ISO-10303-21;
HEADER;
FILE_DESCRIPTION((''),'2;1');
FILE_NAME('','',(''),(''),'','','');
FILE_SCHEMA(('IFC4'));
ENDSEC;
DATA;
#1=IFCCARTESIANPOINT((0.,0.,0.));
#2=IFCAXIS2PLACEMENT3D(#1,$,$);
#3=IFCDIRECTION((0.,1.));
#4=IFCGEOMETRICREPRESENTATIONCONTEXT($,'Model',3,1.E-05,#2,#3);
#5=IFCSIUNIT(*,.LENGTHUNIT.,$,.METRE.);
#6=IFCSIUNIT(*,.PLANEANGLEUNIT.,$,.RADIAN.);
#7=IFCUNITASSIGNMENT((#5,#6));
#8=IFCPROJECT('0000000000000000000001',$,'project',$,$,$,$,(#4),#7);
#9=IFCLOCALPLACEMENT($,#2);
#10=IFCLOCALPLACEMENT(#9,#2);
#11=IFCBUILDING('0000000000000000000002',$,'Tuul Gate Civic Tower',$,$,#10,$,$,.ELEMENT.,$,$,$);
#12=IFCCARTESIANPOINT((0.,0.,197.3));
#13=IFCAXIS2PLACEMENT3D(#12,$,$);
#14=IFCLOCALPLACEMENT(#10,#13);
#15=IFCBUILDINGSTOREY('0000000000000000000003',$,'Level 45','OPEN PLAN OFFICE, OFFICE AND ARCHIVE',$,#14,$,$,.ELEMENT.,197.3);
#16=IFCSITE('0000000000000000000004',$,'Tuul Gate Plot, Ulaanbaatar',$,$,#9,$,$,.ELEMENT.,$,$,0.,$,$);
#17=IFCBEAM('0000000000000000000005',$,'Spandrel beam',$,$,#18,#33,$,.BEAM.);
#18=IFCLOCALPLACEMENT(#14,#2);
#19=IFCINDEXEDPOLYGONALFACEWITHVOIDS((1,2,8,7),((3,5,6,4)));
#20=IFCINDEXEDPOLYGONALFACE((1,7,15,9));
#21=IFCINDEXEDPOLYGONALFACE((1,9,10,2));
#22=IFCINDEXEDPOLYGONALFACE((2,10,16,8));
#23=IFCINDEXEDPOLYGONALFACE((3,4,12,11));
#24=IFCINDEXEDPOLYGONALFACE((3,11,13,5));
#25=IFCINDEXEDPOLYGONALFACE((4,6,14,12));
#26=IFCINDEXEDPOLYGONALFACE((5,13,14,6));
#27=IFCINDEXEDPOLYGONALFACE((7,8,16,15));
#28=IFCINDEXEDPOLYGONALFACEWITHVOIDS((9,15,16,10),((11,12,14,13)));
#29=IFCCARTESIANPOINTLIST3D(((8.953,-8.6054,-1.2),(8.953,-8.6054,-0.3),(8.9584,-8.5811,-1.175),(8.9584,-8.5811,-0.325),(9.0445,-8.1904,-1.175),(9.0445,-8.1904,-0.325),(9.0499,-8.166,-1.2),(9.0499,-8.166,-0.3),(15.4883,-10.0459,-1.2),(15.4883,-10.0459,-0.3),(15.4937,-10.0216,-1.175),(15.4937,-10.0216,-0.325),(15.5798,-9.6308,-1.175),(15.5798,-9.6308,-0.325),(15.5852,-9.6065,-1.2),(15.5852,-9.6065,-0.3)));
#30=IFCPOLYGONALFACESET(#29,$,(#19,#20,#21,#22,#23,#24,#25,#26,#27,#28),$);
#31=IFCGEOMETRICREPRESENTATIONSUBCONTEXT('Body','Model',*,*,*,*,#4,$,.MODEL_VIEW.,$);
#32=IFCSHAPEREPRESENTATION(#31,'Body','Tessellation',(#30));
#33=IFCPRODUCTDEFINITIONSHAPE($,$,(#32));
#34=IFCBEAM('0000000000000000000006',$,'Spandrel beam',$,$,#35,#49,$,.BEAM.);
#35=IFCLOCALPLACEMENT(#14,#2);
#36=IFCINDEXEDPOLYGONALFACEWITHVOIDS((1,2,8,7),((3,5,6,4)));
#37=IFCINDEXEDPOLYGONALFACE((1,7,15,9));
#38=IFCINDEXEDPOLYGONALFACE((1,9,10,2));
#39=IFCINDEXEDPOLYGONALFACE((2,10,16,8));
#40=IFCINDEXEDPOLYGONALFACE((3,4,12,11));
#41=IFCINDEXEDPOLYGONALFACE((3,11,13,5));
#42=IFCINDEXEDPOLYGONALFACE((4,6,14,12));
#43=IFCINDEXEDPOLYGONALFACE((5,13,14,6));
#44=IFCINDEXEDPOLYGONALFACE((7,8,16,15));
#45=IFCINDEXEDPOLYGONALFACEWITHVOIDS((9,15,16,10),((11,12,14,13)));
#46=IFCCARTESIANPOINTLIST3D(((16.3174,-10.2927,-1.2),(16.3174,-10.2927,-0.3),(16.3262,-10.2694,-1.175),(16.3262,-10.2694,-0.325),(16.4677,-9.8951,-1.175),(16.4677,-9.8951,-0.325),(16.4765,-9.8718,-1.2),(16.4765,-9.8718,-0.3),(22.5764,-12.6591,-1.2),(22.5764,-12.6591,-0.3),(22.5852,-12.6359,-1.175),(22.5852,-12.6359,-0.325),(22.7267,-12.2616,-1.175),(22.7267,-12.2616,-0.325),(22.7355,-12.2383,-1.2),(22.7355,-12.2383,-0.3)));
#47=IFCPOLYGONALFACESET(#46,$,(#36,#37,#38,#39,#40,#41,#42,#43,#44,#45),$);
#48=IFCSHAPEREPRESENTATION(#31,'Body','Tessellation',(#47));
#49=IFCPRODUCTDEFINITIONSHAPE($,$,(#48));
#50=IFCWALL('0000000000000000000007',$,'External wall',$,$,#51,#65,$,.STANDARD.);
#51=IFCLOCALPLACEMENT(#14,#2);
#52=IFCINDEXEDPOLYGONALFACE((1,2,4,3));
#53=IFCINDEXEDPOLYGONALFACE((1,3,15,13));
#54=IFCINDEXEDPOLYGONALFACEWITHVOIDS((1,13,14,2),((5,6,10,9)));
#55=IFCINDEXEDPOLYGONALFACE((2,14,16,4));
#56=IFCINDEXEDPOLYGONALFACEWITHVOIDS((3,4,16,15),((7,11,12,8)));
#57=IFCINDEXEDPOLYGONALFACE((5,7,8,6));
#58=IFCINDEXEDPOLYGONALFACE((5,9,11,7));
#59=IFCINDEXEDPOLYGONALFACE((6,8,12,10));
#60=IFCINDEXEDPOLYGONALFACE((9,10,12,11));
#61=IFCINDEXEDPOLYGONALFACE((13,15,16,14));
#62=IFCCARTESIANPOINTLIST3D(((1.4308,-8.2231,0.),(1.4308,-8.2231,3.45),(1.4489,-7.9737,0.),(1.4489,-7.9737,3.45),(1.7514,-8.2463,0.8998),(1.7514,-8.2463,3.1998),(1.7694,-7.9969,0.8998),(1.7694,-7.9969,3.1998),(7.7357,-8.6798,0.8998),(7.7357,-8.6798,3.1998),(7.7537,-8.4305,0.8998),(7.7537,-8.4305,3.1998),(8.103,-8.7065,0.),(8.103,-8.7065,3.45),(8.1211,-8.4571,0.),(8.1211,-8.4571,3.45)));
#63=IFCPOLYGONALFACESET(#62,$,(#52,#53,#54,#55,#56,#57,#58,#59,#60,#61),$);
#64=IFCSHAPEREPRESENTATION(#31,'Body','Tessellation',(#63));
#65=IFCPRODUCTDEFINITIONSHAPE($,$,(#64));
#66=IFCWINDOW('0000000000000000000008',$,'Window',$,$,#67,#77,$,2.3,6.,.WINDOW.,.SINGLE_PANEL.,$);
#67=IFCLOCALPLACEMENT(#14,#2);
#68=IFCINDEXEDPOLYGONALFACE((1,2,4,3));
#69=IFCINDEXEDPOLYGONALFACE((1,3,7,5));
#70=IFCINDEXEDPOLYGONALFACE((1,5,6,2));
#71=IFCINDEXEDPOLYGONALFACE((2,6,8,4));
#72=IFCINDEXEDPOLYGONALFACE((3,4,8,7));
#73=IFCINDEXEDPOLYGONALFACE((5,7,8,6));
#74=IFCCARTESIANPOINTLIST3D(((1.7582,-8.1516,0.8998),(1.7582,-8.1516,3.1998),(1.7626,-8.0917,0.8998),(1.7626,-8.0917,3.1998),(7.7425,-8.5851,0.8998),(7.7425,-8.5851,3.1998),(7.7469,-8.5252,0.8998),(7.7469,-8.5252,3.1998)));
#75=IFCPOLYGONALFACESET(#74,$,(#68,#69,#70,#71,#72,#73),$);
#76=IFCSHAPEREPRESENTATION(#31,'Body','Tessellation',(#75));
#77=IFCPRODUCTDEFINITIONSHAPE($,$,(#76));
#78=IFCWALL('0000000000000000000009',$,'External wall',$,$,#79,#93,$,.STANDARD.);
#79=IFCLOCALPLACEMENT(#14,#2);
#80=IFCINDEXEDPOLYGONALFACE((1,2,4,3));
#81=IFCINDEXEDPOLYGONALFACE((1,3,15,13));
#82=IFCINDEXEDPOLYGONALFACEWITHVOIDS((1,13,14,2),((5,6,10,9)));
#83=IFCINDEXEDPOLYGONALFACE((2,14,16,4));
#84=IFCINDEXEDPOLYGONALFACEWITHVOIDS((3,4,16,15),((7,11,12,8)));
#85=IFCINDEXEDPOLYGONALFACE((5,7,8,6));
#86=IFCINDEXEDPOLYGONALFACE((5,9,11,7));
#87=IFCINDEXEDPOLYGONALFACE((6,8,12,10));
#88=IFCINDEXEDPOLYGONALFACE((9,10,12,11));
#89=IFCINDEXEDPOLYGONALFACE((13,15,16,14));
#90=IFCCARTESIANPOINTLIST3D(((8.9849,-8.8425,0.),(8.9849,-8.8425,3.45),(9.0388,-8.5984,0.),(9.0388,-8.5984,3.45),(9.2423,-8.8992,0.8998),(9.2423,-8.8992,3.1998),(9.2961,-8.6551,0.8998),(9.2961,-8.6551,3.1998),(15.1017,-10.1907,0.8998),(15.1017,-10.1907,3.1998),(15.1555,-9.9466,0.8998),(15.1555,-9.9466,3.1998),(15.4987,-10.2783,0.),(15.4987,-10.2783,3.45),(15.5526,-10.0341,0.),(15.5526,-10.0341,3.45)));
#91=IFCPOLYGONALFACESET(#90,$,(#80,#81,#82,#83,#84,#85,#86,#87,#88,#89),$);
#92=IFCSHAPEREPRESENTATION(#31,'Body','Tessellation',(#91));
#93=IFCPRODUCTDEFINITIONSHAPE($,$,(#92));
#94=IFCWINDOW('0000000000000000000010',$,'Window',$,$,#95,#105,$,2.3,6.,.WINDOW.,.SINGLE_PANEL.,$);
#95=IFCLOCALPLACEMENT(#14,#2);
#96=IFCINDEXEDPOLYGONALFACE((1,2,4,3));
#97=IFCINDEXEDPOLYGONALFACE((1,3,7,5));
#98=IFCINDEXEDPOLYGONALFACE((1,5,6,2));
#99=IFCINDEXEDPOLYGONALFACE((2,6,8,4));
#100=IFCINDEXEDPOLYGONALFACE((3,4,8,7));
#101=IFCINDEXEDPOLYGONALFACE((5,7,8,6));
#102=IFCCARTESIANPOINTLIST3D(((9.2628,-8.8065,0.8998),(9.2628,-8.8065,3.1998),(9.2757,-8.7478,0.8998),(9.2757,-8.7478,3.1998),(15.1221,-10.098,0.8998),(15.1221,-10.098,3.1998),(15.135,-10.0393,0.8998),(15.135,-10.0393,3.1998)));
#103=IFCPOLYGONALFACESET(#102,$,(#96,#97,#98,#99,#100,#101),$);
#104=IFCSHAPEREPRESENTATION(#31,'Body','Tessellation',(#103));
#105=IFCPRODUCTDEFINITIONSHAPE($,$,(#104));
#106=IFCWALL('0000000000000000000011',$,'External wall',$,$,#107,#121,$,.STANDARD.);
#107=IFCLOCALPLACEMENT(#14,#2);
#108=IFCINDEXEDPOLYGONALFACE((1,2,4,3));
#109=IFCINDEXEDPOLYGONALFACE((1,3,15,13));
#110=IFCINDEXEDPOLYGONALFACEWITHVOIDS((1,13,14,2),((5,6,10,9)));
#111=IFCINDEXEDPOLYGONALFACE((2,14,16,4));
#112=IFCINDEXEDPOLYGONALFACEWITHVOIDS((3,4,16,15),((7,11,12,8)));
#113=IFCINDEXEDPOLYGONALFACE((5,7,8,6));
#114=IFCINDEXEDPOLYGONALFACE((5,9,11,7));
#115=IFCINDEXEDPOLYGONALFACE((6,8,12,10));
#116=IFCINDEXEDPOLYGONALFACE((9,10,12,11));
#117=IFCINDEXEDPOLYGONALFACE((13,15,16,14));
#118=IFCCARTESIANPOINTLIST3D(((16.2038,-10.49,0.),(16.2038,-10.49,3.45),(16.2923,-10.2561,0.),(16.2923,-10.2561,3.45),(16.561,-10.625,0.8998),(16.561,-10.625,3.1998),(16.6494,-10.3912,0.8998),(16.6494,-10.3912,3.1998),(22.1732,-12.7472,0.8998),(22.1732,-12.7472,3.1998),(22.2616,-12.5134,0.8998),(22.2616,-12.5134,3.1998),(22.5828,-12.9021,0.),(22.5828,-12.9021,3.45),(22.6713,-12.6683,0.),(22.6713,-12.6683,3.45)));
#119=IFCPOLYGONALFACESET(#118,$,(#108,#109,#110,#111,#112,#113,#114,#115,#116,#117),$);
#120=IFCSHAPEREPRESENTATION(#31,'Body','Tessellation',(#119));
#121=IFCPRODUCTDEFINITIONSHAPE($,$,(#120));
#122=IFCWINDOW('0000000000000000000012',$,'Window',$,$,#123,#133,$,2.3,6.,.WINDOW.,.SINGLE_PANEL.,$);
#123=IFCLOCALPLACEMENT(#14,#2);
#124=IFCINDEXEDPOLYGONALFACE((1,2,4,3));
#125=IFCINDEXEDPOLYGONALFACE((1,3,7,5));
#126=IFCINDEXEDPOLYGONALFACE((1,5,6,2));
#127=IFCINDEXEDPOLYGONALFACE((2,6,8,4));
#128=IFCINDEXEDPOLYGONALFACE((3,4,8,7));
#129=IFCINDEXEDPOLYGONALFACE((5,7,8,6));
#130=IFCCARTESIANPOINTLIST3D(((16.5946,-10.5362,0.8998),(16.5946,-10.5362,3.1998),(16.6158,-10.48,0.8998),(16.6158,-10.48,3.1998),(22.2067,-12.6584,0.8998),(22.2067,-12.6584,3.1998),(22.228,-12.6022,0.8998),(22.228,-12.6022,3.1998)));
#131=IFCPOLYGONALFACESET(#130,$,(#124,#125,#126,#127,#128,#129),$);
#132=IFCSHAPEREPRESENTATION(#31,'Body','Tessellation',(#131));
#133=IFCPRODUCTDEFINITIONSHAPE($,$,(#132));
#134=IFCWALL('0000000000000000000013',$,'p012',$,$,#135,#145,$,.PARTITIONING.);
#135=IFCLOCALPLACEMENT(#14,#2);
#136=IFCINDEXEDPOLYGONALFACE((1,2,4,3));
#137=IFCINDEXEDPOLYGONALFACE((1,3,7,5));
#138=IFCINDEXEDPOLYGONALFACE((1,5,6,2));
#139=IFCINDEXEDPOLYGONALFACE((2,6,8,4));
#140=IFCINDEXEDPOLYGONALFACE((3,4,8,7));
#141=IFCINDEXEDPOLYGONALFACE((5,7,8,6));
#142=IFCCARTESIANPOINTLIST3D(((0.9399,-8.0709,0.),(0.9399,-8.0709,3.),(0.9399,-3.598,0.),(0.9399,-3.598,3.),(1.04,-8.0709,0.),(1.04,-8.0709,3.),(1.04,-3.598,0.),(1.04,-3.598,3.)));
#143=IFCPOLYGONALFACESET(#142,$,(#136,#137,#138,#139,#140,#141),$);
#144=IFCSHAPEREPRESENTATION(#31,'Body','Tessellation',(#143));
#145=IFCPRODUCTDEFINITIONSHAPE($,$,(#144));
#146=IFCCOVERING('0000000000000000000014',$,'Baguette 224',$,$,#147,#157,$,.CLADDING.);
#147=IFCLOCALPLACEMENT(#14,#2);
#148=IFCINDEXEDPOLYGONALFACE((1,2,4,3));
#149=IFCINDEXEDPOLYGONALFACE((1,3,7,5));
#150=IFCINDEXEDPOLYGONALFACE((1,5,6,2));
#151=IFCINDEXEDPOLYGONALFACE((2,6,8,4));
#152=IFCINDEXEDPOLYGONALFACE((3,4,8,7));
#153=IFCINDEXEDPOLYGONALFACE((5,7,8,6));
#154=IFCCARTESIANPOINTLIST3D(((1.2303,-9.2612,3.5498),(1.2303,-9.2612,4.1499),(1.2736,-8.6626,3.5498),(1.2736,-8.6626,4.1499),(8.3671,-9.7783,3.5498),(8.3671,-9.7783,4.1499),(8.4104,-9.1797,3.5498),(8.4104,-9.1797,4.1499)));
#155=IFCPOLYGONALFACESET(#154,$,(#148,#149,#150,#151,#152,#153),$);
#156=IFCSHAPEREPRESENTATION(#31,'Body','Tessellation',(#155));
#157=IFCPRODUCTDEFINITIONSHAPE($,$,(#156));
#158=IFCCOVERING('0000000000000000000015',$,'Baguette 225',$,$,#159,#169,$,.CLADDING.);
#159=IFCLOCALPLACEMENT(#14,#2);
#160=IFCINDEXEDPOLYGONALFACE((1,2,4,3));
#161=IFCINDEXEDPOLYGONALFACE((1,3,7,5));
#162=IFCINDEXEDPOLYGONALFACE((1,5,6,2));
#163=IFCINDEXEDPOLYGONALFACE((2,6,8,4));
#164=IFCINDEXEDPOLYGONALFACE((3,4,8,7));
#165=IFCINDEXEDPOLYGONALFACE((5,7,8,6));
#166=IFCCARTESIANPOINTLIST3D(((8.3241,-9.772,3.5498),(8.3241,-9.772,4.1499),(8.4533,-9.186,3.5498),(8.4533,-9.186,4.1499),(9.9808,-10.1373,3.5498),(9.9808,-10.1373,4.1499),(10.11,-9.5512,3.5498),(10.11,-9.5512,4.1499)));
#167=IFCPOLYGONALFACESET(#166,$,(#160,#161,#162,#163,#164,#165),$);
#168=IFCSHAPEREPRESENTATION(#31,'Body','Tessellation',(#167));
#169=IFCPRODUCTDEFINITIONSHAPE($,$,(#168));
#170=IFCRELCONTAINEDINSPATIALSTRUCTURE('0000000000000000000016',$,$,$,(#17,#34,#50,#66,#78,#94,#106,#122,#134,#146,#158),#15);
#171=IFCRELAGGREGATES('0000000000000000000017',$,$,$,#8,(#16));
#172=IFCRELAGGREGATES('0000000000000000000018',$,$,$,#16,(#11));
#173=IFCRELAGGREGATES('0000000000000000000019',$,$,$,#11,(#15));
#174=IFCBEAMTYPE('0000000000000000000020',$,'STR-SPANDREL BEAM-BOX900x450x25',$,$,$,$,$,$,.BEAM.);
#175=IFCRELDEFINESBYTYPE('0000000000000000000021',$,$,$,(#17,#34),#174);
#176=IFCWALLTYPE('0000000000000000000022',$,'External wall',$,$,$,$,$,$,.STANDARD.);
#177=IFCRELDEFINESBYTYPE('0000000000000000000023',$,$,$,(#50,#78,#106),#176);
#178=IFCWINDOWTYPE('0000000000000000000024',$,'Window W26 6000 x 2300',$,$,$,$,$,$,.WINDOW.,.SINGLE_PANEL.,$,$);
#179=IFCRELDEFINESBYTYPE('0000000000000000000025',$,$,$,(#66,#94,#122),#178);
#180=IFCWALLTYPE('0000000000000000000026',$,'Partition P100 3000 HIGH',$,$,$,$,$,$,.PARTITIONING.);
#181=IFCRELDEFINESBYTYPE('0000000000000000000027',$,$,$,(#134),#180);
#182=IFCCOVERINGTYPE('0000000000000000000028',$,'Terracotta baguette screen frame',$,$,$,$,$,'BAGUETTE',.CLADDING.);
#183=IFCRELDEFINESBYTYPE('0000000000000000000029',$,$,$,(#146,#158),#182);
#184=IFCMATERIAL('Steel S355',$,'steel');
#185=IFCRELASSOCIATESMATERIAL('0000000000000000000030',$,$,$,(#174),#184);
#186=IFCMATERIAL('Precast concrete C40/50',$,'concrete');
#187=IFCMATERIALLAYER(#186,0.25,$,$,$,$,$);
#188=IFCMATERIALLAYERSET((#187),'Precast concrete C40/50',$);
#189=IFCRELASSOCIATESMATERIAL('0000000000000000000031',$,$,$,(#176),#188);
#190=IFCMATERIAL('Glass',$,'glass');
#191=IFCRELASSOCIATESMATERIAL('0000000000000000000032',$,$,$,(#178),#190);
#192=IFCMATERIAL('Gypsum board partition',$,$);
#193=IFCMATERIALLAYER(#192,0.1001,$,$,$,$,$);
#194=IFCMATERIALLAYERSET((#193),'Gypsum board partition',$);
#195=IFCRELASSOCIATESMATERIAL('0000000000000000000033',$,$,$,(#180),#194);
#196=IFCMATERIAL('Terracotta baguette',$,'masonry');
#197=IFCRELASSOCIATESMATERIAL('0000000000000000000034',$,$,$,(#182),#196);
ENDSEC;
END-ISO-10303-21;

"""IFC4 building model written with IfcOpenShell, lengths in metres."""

from ifc_helpers import new_model, si_unit, direction, frame, frame_2d, origin, origin_2d, place, context, subcontext, project, spatial, rectangle, hollow_rectangle, extrude, material, layer, layer_set, material_profile, profile_set, type_object, element, fill, save


model = new_model("IFC4")

# Units and contexts
model_context = context("Model", 3, precision=1e-05, world=origin(), true_north=direction((0.0, 1.0)))
body_context = subcontext(model_context, "Body", "Model", "MODEL_VIEW")
ifc_project = project(units=[si_unit("LENGTHUNIT", "METRE"), si_unit("PLANEANGLEUNIT", "RADIAN")], contexts=[model_context])

# Site, building, storey
site_placement = place(None, origin())
site = spatial("IfcSite", under=ifc_project, at=site_placement, Name="Tuul Gate Plot, Ulaanbaatar", CompositionType="ELEMENT", RefElevation=0.0)
building_placement = place(site_placement, origin())
building = spatial("IfcBuilding", under=site, at=building_placement, Name="Tuul Gate Civic Tower", CompositionType="ELEMENT")
storey_placement = place(building_placement, frame((0.0, 0.0, 197.3)))
storey = spatial("IfcBuildingStorey", under=building, at=storey_placement, Name="Level 45", Description="OPEN PLAN OFFICE, OFFICE AND ARCHIVE", CompositionType="ELEMENT", Elevation=197.3)

# Beams
ifc_material_1 = material(Name="Steel S355", Category="steel")
ifc_material_profile_1 = material_profile(ifc_material_1, hollow_rectangle(XDim=0.45, YDim=0.8999, WallThickness=0.0249, at=origin_2d()), Name="BOX900x450x25")
ifc_profile_set_1 = profile_set([ifc_material_profile_1], Name="Steel S355")
beam_type_1 = type_object("IfcBeamType", Name="STR-SPANDREL BEAM-BOX900x450x25", PredefinedType="BEAM", material=ifc_profile_set_1)
for number, where, z_axis, x_axis, name in (
    (1, (9.0015, -8.3857, -0.75), (0.97656, -0.215246, 0.0), (0.215246, 0.97656, 0.0), "Spandrel beam"),
):
    element("IfcBeam", number, at=place(storey_placement, frame(where, z_axis=z_axis, x_axis=x_axis)), inside=storey, type_object=beam_type_1, Name=name, PredefinedType="BEAM", context=body_context, shape_type="SweptSolid", body=[
        extrude(hollow_rectangle(XDim=0.45, YDim=0.8999, WallThickness=0.0249, at=origin_2d()), origin(), (0.0, 0.0, 1.0), 6.6921),
    ])
beam_1_placement = place(storey_placement, frame((16.397, -10.0823, -0.75), z_axis=(0.935377, -0.353653, 0.0), x_axis=(0.353653, 0.935377, 0.0)))
element("IfcBeam", 2, at=beam_1_placement, inside=storey, type_object=beam_type_1, Name="Spandrel beam", PredefinedType="BEAM", context=body_context, shape_type="SweptSolid", body=[
    extrude(hollow_rectangle(XDim=0.45, YDim=0.8999, WallThickness=0.0249, at=origin_2d()), origin(), (0.0, 0.0, 1.0), 6.6914),
])

# Walls, openings, windows
ifc_material_2 = material(Name="Precast concrete C40/50", Category="concrete")
ifc_layer_1 = layer(ifc_material_2, 0.25)
ifc_layer_set_1 = layer_set([ifc_layer_1], Name="Precast concrete C40/50")
wall_type_1 = type_object("IfcWallType", Name="External wall", PredefinedType="STANDARD", material=ifc_layer_set_1)
wall_1_placement = place(storey_placement, frame((1.4399, -8.0984, 0.0), z_axis=(0.0, 0.0, 1.0), x_axis=(0.997386, -0.072261, 0.0)))
wall_1 = element("IfcWall", 3, at=wall_1_placement, inside=storey, type_object=wall_type_1, Name="External wall", PredefinedType="STANDARD", context=body_context, shape_type="SweptSolid", body=[
    extrude(rectangle(XDim=6.6897, YDim=0.25, at=frame_2d((3.3447, 0.0))), origin(), (0.0, 0.0, 1.0), 3.45),
])
opening_1_placement = place(wall_1_placement, frame((0.3213, 0.0, 0.8999)))
opening_1 = element("IfcOpeningElement", 4, at=opening_1_placement, cuts=wall_1, PredefinedType="OPENING", context=body_context, shape_type="SweptSolid", body=[
    extrude(rectangle(XDim=6.0, YDim=2.3, at=frame_2d((3.0, 1.1499))), frame((0.0, 0.135, 0.0), z_axis=(0.0, -1.0, 0.0), x_axis=(1.0, 0.0, 0.0)), (0.0, 0.0, 1.0), 0.27),
])
ifc_material_3 = material(Name="Glass", Category="glass")
window_type = type_object("IfcWindowType", Name="Window W26 6000 x 2300", PartitioningType="SINGLE_PANEL", PredefinedType="WINDOW", material=ifc_material_3)
window_1_placement = place(opening_1_placement, origin())
window_1 = element("IfcWindow", 5, at=window_1_placement, inside=storey, type_object=window_type, Name="Window", OverallHeight=2.3, OverallWidth=6.0, PartitioningType="SINGLE_PANEL", PredefinedType="WINDOW", context=body_context, shape_type="SweptSolid", body=[
    extrude(rectangle(XDim=6.0, YDim=2.3, at=frame_2d((3.0, 1.1499))), frame((0.0, 0.03, 0.0), z_axis=(0.0, -1.0, 0.0), x_axis=(1.0, 0.0, 0.0)), (0.0, 0.0, 1.0), 0.0601),
])
fill(opening_1, window_1)
wall_2_placement = place(storey_placement, frame((9.012, -8.7205, 0.0), z_axis=(0.0, 0.0, 1.0), x_axis=(0.976559, -0.215252, 0.0)))
wall_2 = element("IfcWall", 6, at=wall_2_placement, inside=storey, type_object=wall_type_1, Name="External wall", PredefinedType="STANDARD", context=body_context, shape_type="SweptSolid", body=[
    extrude(rectangle(XDim=6.6702, YDim=0.25, at=frame_2d((3.335, 0.0))), origin(), (0.0, 0.0, 1.0), 3.45),
])
opening_2_placement = place(wall_2_placement, frame((0.2634, 0.0, 0.8999)))
opening_2 = element("IfcOpeningElement", 7, at=opening_2_placement, cuts=wall_2, PredefinedType="OPENING", context=body_context, shape_type="SweptSolid", body=[
    extrude(rectangle(XDim=6.0, YDim=2.3, at=frame_2d((3.0, 1.1499))), frame((0.0, 0.135, 0.0), z_axis=(0.0, -1.0, 0.0), x_axis=(1.0, 0.0, 0.0)), (0.0, 0.0, 1.0), 0.27),
])
window_2_placement = place(opening_2_placement, origin())
window_2 = element("IfcWindow", 8, at=window_2_placement, inside=storey, type_object=window_type, Name="Window", OverallHeight=2.3, OverallWidth=6.0, PartitioningType="SINGLE_PANEL", PredefinedType="WINDOW", context=body_context, shape_type="SweptSolid", body=[
    extrude(rectangle(XDim=6.0, YDim=2.3, at=frame_2d((3.0, 1.1499))), frame((0.0, 0.03, 0.0), z_axis=(0.0, -1.0, 0.0), x_axis=(1.0, 0.0, 0.0)), (0.0, 0.0, 1.0), 0.0601),
])
fill(opening_2, window_2)
wall_3_placement = place(storey_placement, frame((16.248, -10.373, 0.0), z_axis=(0.0, 0.0, 1.0), x_axis=(0.935361, -0.353696, 0.0)))
wall_3 = element("IfcWall", 9, at=wall_3_placement, inside=storey, type_object=wall_type_1, Name="External wall", PredefinedType="STANDARD", context=body_context, shape_type="SweptSolid", body=[
    extrude(rectangle(XDim=6.8198, YDim=0.25, at=frame_2d((3.4099, 0.0))), origin(), (0.0, 0.0, 1.0), 3.45),
])
opening_3_placement = place(wall_3_placement, frame((0.3818, 0.0, 0.8999)))
opening_3 = element("IfcOpeningElement", 10, at=opening_3_placement, cuts=wall_3, PredefinedType="OPENING", context=body_context, shape_type="SweptSolid", body=[
    extrude(rectangle(XDim=6.0, YDim=2.3, at=frame_2d((3.0, 1.1499))), frame((0.0, 0.135, 0.0), z_axis=(0.0, -1.0, 0.0), x_axis=(1.0, 0.0, 0.0)), (0.0, 0.0, 1.0), 0.27),
])
window_3_placement = place(opening_3_placement, origin())
window_3 = element("IfcWindow", 11, at=window_3_placement, inside=storey, type_object=window_type, Name="Window", OverallHeight=2.3, OverallWidth=6.0, PartitioningType="SINGLE_PANEL", PredefinedType="WINDOW", context=body_context, shape_type="SweptSolid", body=[
    extrude(rectangle(XDim=6.0, YDim=2.3, at=frame_2d((3.0, 1.1499))), frame((0.0, 0.03, 0.0), z_axis=(0.0, -1.0, 0.0), x_axis=(1.0, 0.0, 0.0)), (0.0, 0.0, 1.0), 0.0601),
])
fill(opening_3, window_3)

# Wall
ifc_material_4 = material(Name="Gypsum board partition")
ifc_layer_2 = layer(ifc_material_4, 0.1001)
ifc_layer_set_2 = layer_set([ifc_layer_2], Name="Gypsum board partition")
wall_type_2 = type_object("IfcWallType", Name="Partition P100 3000 HIGH", PredefinedType="PARTITIONING", material=ifc_layer_set_2)
wall_4_placement = place(storey_placement, frame((0.99, -8.0708, 0.0), z_axis=(0.0, 0.0, 1.0), x_axis=(0.0, 1.0, 0.0)))
element("IfcWall", 12, at=wall_4_placement, inside=storey, type_object=wall_type_2, Name="p012", PredefinedType="PARTITIONING", context=body_context, shape_type="SweptSolid", body=[
    extrude(rectangle(XDim=4.4729, YDim=0.1001, at=frame_2d((2.2363, 0.0))), origin(), (0.0, 0.0, 1.0), 3.0),
])

# Coverings
ifc_material_5 = material(Name="Terracotta baguette", Category="masonry")
ifc_material_profile_2 = material_profile(ifc_material_5, rectangle(XDim=0.6001, YDim=0.6001, at=origin_2d()), Name="Terracotta baguette screen frame")
ifc_profile_set_2 = profile_set([ifc_material_profile_2], Name="Terracotta baguette")
covering_type = type_object("IfcCoveringType", Name="Terracotta baguette screen frame", ElementType="BAGUETTE", PredefinedType="CLADDING", material=ifc_profile_set_2)
covering_1_placement = place(storey_placement, frame((1.252, -8.9619, 3.8499), z_axis=(0.997385, -0.072265, 0.0), x_axis=(0.072265, 0.997385, 0.0)))
element("IfcCovering", 13, at=covering_1_placement, inside=storey, type_object=covering_type, Name="Baguette 224", PredefinedType="CLADDING", context=body_context, shape_type="SweptSolid", body=[
    extrude(rectangle(XDim=0.6001, YDim=0.6001, at=origin_2d()), origin(), (0.0, 0.0, 1.0), 7.1555),
])
covering_2_placement = place(storey_placement, frame((8.3887, -9.479, 3.8499), z_axis=(0.976551, -0.215285, 0.0), x_axis=(0.215285, 0.976551, 0.0)))
element("IfcCovering", 14, at=covering_2_placement, inside=storey, type_object=covering_type, Name="Baguette 225", PredefinedType="CLADDING", context=body_context, shape_type="SweptSolid", body=[
    extrude(rectangle(XDim=0.6001, YDim=0.6001, at=origin_2d()), origin(), (0.0, 0.0, 1.0), 1.6965),
])

save(model, "model.ifc")
